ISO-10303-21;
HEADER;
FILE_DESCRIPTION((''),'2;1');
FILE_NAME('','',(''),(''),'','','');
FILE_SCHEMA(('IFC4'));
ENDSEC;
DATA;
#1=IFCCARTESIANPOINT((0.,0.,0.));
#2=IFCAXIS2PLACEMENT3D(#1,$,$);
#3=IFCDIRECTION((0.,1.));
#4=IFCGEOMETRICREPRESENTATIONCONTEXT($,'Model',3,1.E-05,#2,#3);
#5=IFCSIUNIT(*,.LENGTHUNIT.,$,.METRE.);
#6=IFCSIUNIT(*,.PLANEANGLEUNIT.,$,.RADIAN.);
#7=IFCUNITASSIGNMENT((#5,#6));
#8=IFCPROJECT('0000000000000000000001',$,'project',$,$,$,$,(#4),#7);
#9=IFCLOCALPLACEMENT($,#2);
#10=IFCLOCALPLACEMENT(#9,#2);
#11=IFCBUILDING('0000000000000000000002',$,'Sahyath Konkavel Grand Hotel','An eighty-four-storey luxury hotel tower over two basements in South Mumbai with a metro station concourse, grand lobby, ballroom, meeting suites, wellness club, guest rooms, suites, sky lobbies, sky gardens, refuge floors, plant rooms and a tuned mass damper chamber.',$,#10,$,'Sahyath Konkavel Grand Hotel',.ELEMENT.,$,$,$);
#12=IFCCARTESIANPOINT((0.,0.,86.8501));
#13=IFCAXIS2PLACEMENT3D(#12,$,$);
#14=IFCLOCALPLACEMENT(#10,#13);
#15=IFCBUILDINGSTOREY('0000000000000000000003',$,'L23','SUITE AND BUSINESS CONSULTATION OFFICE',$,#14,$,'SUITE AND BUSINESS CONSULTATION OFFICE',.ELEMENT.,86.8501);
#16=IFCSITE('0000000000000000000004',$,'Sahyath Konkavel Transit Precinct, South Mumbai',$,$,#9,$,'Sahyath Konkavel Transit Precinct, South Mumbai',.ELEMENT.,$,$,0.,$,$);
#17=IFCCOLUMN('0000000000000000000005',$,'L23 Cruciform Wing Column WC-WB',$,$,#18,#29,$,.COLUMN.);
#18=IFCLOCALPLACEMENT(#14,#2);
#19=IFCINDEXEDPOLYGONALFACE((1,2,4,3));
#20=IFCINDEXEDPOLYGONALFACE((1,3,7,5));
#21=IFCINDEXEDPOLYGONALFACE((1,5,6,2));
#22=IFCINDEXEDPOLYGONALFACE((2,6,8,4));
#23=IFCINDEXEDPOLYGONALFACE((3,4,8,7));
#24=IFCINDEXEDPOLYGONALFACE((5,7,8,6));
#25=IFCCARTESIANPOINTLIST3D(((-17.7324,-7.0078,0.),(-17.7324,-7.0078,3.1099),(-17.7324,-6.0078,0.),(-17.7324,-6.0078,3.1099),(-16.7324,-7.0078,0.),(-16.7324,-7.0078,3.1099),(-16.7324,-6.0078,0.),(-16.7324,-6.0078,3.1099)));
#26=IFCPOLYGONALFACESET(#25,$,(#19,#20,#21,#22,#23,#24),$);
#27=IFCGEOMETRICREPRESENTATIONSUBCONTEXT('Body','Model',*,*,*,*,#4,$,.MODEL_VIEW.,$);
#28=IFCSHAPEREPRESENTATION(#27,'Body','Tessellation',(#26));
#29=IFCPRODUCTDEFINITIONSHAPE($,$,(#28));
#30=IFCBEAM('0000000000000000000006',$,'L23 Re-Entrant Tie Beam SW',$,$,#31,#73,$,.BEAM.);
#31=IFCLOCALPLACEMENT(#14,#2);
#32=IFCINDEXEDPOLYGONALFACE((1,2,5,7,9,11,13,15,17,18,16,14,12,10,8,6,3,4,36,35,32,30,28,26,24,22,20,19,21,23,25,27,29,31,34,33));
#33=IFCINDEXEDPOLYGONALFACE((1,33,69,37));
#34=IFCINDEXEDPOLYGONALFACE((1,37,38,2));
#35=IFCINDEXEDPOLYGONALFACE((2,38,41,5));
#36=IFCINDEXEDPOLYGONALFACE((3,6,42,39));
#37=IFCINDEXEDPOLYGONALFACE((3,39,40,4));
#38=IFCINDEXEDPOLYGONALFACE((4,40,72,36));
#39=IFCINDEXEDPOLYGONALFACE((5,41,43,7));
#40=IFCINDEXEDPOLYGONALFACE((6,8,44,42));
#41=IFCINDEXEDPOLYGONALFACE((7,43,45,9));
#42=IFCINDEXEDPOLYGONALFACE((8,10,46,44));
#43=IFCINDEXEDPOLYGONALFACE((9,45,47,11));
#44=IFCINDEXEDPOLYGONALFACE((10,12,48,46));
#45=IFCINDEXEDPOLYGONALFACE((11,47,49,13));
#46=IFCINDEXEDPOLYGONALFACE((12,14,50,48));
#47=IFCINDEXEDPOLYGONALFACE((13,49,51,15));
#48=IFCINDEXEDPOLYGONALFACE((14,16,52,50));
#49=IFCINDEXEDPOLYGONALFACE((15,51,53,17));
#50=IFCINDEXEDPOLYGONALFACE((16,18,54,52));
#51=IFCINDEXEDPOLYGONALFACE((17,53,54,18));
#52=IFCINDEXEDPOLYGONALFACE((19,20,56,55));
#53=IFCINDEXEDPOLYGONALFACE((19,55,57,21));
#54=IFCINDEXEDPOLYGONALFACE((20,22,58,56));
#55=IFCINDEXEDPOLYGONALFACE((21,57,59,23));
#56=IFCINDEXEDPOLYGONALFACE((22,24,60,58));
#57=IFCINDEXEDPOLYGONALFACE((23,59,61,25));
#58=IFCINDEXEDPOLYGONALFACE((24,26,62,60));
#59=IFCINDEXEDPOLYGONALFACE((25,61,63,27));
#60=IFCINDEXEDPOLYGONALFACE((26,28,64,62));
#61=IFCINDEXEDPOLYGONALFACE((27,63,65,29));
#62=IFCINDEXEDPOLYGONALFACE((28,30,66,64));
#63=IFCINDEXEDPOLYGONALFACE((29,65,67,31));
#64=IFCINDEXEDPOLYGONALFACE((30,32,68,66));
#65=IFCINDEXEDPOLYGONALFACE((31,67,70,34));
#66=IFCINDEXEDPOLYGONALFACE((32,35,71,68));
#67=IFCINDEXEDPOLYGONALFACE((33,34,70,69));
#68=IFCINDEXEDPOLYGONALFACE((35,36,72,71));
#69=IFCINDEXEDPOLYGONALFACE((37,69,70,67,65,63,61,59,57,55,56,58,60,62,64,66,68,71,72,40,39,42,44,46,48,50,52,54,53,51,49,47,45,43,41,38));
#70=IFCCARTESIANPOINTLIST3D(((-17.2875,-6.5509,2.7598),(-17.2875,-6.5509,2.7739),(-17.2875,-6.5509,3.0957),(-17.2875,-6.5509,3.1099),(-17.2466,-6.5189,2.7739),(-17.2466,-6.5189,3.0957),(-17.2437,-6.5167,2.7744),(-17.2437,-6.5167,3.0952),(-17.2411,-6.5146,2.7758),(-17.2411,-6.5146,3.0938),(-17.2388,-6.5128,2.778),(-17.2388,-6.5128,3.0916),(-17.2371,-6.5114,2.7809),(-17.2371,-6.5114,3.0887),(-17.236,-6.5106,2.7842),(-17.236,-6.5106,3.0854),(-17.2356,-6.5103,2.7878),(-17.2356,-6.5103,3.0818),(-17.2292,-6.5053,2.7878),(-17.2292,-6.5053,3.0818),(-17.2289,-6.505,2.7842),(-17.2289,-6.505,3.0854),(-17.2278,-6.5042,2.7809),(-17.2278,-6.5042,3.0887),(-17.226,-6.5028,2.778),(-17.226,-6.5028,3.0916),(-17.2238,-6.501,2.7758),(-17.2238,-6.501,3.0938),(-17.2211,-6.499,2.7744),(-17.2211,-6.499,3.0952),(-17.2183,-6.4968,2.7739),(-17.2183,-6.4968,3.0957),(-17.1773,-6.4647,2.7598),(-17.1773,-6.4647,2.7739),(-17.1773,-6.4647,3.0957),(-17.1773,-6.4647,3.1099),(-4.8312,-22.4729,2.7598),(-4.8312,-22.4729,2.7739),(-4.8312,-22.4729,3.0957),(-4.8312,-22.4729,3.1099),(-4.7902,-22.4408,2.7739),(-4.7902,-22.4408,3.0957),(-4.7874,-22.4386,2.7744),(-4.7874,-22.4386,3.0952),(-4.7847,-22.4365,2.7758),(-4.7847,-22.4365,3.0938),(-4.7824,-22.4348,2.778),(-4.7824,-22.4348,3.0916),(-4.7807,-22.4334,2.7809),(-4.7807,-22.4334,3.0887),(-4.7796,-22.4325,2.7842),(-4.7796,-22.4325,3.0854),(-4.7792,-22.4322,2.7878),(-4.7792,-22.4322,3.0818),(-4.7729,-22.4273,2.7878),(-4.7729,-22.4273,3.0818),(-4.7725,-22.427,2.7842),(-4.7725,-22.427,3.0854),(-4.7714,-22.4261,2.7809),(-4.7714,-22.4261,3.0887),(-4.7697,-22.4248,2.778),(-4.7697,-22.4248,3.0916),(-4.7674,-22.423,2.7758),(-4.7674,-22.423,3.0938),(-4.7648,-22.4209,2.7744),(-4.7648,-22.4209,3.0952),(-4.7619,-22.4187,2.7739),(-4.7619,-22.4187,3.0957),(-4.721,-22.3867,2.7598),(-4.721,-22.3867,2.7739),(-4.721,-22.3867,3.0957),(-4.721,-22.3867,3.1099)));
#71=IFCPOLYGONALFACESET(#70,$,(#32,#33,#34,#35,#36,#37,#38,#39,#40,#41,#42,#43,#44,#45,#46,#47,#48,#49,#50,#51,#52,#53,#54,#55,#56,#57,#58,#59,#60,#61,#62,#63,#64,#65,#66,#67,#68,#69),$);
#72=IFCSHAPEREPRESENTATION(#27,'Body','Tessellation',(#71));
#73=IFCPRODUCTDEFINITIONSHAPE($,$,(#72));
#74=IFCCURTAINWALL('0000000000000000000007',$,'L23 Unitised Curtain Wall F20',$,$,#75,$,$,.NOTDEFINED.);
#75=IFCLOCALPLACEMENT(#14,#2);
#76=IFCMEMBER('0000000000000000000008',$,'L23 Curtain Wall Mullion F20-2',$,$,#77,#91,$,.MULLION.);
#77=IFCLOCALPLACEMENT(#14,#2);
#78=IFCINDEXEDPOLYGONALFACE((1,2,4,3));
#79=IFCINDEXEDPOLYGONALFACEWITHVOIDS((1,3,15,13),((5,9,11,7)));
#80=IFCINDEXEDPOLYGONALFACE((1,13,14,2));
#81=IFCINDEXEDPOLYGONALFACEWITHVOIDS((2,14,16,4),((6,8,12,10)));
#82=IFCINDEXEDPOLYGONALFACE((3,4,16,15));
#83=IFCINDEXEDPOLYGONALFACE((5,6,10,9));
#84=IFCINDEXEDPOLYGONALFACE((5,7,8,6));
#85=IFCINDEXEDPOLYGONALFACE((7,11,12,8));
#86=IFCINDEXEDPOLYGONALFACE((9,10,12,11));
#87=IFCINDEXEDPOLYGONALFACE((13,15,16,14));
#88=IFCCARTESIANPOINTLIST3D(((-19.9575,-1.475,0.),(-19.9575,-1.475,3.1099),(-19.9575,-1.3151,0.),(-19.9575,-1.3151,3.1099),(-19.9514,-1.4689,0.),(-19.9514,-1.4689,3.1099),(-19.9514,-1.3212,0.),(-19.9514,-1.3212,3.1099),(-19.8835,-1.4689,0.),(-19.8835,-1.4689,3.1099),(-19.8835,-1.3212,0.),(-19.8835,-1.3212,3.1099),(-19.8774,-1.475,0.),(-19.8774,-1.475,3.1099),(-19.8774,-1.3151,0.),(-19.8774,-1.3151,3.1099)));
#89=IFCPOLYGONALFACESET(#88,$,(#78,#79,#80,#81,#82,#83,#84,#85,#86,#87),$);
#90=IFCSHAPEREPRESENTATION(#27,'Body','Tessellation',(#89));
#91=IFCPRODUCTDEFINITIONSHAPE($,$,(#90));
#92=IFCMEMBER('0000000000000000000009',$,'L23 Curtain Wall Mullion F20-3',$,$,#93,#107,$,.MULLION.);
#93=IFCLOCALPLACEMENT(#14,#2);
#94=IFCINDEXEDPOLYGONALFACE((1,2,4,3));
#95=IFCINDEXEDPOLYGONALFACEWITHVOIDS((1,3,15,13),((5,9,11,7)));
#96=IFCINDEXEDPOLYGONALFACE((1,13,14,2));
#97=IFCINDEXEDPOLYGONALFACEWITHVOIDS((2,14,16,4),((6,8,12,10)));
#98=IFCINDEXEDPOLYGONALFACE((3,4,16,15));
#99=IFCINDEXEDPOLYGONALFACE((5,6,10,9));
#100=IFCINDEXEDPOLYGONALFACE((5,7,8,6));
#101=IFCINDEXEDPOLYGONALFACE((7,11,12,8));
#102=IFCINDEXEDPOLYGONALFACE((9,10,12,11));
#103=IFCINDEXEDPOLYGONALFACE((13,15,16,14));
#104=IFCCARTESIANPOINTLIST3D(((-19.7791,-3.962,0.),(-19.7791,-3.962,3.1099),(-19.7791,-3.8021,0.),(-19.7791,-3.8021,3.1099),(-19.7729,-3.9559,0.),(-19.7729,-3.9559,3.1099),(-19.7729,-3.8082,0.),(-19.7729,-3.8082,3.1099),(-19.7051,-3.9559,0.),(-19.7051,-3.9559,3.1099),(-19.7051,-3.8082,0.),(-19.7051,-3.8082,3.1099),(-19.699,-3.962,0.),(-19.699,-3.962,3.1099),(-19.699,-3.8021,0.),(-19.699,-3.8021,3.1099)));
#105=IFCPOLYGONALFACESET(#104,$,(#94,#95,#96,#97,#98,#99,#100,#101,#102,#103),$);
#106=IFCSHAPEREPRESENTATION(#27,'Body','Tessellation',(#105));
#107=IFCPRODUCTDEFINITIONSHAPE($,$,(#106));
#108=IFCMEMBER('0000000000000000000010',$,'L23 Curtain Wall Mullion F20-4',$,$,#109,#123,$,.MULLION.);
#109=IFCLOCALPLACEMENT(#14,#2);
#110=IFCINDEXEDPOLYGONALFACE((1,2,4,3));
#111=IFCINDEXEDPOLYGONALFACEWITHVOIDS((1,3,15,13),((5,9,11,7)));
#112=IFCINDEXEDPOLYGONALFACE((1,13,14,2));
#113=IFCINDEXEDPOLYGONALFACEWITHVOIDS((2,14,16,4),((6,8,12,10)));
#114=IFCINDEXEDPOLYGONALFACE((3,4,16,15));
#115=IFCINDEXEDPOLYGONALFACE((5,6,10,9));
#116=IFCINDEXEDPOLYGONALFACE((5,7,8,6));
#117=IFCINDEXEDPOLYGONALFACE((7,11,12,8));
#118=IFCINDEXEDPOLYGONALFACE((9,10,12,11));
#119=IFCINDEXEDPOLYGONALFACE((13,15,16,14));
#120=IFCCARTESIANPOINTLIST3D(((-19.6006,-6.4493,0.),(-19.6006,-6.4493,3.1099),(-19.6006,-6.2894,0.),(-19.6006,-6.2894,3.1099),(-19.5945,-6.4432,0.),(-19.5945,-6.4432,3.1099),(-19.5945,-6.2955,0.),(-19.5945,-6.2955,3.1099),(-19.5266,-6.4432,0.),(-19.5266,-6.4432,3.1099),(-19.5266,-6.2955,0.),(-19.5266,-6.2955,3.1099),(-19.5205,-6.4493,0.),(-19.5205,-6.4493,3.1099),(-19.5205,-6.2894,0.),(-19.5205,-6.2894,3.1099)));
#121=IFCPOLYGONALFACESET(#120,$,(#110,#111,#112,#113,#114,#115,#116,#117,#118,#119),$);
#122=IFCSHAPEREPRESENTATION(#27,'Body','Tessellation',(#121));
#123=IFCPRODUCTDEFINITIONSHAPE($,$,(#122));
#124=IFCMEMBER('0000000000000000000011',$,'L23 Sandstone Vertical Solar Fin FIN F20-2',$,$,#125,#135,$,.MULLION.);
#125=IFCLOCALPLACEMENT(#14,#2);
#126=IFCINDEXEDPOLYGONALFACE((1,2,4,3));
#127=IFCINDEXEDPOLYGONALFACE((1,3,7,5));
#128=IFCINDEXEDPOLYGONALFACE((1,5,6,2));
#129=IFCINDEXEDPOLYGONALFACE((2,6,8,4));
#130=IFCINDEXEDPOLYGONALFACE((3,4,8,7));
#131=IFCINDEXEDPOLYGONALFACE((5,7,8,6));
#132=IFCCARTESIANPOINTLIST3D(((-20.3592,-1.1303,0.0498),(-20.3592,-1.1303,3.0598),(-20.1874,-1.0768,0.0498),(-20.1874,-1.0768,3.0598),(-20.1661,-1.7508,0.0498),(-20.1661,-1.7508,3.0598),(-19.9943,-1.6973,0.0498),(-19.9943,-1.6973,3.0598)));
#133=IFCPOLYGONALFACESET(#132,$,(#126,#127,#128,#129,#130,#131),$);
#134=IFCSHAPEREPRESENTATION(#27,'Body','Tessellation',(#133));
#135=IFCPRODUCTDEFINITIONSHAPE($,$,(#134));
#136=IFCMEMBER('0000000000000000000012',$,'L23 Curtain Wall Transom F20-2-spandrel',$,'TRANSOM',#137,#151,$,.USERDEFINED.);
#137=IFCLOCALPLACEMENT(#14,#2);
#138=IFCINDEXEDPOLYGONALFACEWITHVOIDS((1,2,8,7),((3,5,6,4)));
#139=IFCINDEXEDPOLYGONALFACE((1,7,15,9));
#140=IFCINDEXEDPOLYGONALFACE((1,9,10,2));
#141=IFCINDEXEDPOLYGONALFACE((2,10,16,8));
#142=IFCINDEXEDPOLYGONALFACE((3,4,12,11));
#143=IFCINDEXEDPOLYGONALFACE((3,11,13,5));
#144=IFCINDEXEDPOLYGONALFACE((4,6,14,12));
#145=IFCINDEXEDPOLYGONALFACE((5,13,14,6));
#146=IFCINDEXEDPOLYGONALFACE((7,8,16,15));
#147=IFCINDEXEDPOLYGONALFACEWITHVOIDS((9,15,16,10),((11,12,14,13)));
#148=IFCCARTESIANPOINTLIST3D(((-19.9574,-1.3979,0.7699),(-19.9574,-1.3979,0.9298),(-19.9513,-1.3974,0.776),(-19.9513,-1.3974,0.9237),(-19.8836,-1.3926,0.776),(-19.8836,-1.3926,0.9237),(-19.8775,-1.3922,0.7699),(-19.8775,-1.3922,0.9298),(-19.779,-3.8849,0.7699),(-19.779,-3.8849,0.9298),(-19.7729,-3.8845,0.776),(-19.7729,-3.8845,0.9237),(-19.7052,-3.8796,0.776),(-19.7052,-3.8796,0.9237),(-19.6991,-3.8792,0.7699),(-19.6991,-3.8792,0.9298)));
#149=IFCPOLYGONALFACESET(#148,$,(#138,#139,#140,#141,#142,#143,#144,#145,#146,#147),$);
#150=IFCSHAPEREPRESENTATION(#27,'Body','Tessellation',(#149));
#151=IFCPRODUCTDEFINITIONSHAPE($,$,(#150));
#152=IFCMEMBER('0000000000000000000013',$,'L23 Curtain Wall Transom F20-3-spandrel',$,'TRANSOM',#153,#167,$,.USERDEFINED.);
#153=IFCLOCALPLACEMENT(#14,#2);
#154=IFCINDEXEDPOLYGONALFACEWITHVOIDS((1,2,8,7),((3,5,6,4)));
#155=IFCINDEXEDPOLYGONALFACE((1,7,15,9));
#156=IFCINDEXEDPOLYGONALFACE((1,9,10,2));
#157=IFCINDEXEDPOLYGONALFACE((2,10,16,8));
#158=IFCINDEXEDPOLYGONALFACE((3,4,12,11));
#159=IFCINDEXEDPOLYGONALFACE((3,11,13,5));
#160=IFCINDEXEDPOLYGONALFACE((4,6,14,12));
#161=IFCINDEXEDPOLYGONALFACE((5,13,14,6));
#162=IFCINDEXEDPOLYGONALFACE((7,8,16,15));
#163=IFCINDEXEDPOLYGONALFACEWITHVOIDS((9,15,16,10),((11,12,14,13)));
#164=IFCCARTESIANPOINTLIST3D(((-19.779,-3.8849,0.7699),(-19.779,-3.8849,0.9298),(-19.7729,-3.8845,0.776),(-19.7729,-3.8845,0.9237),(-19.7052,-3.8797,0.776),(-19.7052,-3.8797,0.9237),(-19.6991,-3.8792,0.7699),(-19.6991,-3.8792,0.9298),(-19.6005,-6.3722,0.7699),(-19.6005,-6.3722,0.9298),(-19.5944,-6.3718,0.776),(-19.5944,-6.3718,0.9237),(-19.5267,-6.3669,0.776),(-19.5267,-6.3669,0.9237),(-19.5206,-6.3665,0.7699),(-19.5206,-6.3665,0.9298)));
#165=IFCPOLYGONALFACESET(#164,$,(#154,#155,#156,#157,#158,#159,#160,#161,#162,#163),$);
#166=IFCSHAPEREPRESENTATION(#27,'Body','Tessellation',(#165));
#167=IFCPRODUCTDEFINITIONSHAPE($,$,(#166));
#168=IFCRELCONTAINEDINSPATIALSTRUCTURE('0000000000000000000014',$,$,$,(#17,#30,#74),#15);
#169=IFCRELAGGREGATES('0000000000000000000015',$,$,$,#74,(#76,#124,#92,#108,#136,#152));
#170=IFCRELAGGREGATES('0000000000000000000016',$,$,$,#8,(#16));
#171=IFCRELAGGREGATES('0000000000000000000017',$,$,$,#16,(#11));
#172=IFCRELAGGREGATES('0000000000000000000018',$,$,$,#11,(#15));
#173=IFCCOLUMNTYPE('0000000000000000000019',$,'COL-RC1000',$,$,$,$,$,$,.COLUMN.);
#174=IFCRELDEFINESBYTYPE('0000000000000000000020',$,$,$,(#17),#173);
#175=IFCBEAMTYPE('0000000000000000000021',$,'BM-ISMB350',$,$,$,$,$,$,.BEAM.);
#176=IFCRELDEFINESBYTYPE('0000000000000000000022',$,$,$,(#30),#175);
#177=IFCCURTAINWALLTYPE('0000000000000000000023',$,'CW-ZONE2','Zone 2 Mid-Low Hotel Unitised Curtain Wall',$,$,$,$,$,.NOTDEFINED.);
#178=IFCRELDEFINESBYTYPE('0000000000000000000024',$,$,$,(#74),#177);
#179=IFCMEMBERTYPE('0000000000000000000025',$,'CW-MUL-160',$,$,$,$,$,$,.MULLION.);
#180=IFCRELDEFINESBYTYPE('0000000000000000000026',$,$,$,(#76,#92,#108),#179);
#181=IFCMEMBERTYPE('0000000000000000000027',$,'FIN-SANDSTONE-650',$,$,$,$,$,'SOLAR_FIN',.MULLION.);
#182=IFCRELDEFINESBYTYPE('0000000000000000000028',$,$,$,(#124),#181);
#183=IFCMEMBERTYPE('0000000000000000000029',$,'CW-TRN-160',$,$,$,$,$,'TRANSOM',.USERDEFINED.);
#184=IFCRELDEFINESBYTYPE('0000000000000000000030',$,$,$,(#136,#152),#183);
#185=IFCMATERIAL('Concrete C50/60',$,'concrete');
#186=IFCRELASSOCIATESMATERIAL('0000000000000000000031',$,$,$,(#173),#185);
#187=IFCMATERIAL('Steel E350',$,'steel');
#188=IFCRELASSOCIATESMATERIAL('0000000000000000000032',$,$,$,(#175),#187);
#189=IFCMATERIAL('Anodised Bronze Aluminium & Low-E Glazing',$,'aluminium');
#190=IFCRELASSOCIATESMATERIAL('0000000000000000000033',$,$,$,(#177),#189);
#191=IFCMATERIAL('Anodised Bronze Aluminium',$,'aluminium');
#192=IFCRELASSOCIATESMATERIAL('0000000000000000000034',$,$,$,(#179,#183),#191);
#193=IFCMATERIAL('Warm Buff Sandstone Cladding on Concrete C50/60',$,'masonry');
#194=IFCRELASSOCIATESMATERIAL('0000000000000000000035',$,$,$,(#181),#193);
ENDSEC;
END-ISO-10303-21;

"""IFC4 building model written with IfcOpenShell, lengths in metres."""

from ifc_helpers import new_model, si_unit, direction, frame, origin, origin_2d, place, context, subcontext, project, spatial, rectangle, hollow_rectangle, i_section, extrude, source, transform, mapped, material, material_profile, profile_set, type_object, element, aggregate, save


model = new_model("IFC4")

# Units and contexts
model_context = context("Model", 3, precision=1e-05, world=origin(), true_north=direction((0.0, 1.0)))
body_context = subcontext(model_context, "Body", "Model", "MODEL_VIEW")
ifc_project = project(units=[si_unit("LENGTHUNIT", "METRE"), si_unit("PLANEANGLEUNIT", "RADIAN")], contexts=[model_context])

# Site, building, storey
site_placement = place(None, origin())
site = spatial("IfcSite", under=ifc_project, at=site_placement, Name="Sahyath Konkavel Transit Precinct, South Mumbai", LongName="Sahyath Konkavel Transit Precinct, South Mumbai", CompositionType="ELEMENT", RefElevation=0.0)
building_placement = place(site_placement, origin())
building = spatial("IfcBuilding", under=site, at=building_placement, Name="Sahyath Konkavel Grand Hotel", Description="An eighty-four-storey luxury hotel tower over two basements in South Mumbai with a metro station concourse, grand lobby, ballroom, meeting suites, wellness club, guest rooms, suites, sky lobbies, sky gardens, refuge floors, plant rooms and a tuned mass damper chamber.", LongName="Sahyath Konkavel Grand Hotel", CompositionType="ELEMENT")
storey_placement = place(building_placement, frame((0.0, 0.0, 86.8501)))
storey = spatial("IfcBuildingStorey", under=building, at=storey_placement, Name="L23", Description="SUITE AND BUSINESS CONSULTATION OFFICE", LongName="SUITE AND BUSINESS CONSULTATION OFFICE", CompositionType="ELEMENT", Elevation=86.8501)

# Column
ifc_material_1 = material(Name="Concrete C50/60", Category="concrete")
ifc_material_profile_1 = material_profile(ifc_material_1, rectangle(XDim=1.0, YDim=1.0, at=origin_2d()), Name="RC 1000x1000")
ifc_profile_set_1 = profile_set([ifc_material_profile_1], Name="Concrete C50/60")
column_type = type_object("IfcColumnType", Name="COL-RC1000", PredefinedType="COLUMN", material=ifc_profile_set_1)
shared_shape_1 = source(origin(), body_context, "Body", "SweptSolid", [
    extrude(rectangle(XDim=1.0, YDim=1.0, at=origin_2d()), origin(), (0.0, 0.0, 1.0), 3.1099),
])
column_placement = place(storey_placement, frame((-17.2324, -6.5078, 0.0), z_axis=(0.0, 0.0, 1.0), x_axis=(1.0, 0.0, 0.0)))
element("IfcColumn", 1, at=column_placement, inside=storey, type_object=column_type, Name="L23 Cruciform Wing Column WC-WB", PredefinedType="COLUMN", context=body_context, shape_type="MappedRepresentation", body=[
    mapped(shared_shape_1, transform((0.0, 0.0, 0.0), scale=1.0)),
])

# Beam
ifc_material_2 = material(Name="Steel E350", Category="steel")
ifc_material_profile_2 = material_profile(ifc_material_2, i_section(OverallWidth=0.1399, OverallDepth=0.3501, WebThickness=0.0081, FlangeThickness=0.0142, FilletRadius=0.0139, at=origin_2d()), Name="ISMB 350")
ifc_profile_set_2 = profile_set([ifc_material_profile_2], Name="Steel E350")
beam_type_1 = type_object("IfcBeamType", Name="BM-ISMB350", PredefinedType="BEAM", material=ifc_profile_set_2)
shared_shape_2 = source(origin(), body_context, "Body", "SweptSolid", [
    extrude(i_section(OverallWidth=0.1399, OverallDepth=0.3501, WebThickness=0.0081, FlangeThickness=0.0142, FilletRadius=0.0139, at=origin_2d()), origin(), (0.0, 0.0, 1.0), 20.2156),
])
beam_1_placement = place(storey_placement, frame((-17.2324, -6.5078, 2.9348), z_axis=(0.616176, -0.787608, 0.0), x_axis=(0.787608, 0.616176, 0.0)))
element("IfcBeam", 2, at=beam_1_placement, inside=storey, type_object=beam_type_1, Name="L23 Re-Entrant Tie Beam SW", PredefinedType="BEAM", context=body_context, shape_type="MappedRepresentation", body=[
    mapped(shared_shape_2, transform((0.0, 0.0, 0.0), scale=1.0)),
])

# Curtain wall, members
ifc_material_3 = material(Name="Anodised Bronze Aluminium & Low-E Glazing", Category="aluminium")
curtain_wall_type = type_object("IfcCurtainWallType", Name="CW-ZONE2", Description="Zone 2 Mid-Low Hotel Unitised Curtain Wall", PredefinedType="NOTDEFINED", material=ifc_material_3)
curtain_wall_1_placement = place(storey_placement, origin())
curtain_wall_1 = element("IfcCurtainWall", 3, at=curtain_wall_1_placement, inside=storey, type_object=curtain_wall_type, Name="L23 Unitised Curtain Wall F20", PredefinedType="NOTDEFINED")
ifc_material_4 = material(Name="Anodised Bronze Aluminium", Category="aluminium")
ifc_material_profile_3 = material_profile(ifc_material_4, hollow_rectangle(XDim=0.0801, YDim=0.1599, WallThickness=0.0061, at=origin_2d()), Name="RHS 160x80x6")
ifc_profile_set_3 = profile_set([ifc_material_profile_3], Name="Anodised Bronze Aluminium")
member_type_1 = type_object("IfcMemberType", Name="CW-MUL-160", PredefinedType="MULLION", material=ifc_profile_set_3)
shared_shape_3 = source(origin(), body_context, "Body", "SweptSolid", [
    extrude(hollow_rectangle(XDim=0.0801, YDim=0.1599, WallThickness=0.0061, at=origin_2d()), origin(), (0.0, 0.0, 1.0), 3.1099),
])
member_1_placement = place(storey_placement, frame((-19.9175, -1.395, 0.0), z_axis=(0.0, 0.0, 1.0), x_axis=(1.0, 0.0, 0.0)))
member_1 = element("IfcMember", 4, at=member_1_placement, type_object=member_type_1, Name="L23 Curtain Wall Mullion F20-2", PredefinedType="MULLION", context=body_context, shape_type="MappedRepresentation", body=[
    mapped(shared_shape_3, transform((0.0, 0.0, 0.0), scale=1.0)),
])
member_2_placement = place(storey_placement, frame((-19.739, -3.8821, 0.0), z_axis=(0.0, 0.0, 1.0), x_axis=(1.0, 0.0, 0.0)))
member_2 = element("IfcMember", 5, at=member_2_placement, type_object=member_type_1, Name="L23 Curtain Wall Mullion F20-3", PredefinedType="MULLION", context=body_context, shape_type="MappedRepresentation", body=[
    mapped(shared_shape_3, transform((0.0, 0.0, 0.0), scale=1.0)),
])
member_3_placement = place(storey_placement, frame((-19.5605, -6.3694, 0.0), z_axis=(0.0, 0.0, 1.0), x_axis=(1.0, 0.0, 0.0)))
member_3 = element("IfcMember", 6, at=member_3_placement, type_object=member_type_1, Name="L23 Curtain Wall Mullion F20-4", PredefinedType="MULLION", context=body_context, shape_type="MappedRepresentation", body=[
    mapped(shared_shape_3, transform((0.0, 0.0, 0.0), scale=1.0)),
])
ifc_material_5 = material(Name="Warm Buff Sandstone Cladding on Concrete C50/60", Category="masonry")
ifc_material_profile_4 = material_profile(ifc_material_5, rectangle(XDim=0.1799, YDim=0.6499, at=origin_2d()), Name="FIN 180x650")
ifc_profile_set_4 = profile_set([ifc_material_profile_4], Name="Warm Buff Sandstone Cladding on Concrete C50/60")
member_type_2 = type_object("IfcMemberType", Name="FIN-SANDSTONE-650", ElementType="SOLAR_FIN", PredefinedType="MULLION", material=ifc_profile_set_4)
shared_shape_4 = source(origin(), body_context, "Body", "SweptSolid", [
    extrude(rectangle(XDim=0.1799, YDim=0.6499, at=origin_2d()), origin(), (0.0, 0.0, 1.0), 3.01),
])
member_4_placement = place(storey_placement, frame((-20.1768, -1.4138, 0.0498), z_axis=(0.0, 0.0, 1.0), x_axis=(0.954813, 0.297208, 0.0)))
member_4 = element("IfcMember", 7, at=member_4_placement, type_object=member_type_2, Name="L23 Sandstone Vertical Solar Fin FIN F20-2", PredefinedType="MULLION", context=body_context, shape_type="MappedRepresentation", body=[
    mapped(shared_shape_4, transform((0.0, 0.0, 0.0), scale=1.0)),
])
ifc_material_profile_5 = material_profile(ifc_material_4, hollow_rectangle(XDim=0.0801, YDim=0.1599, WallThickness=0.0061, at=origin_2d()), Name="RHS 160x80x6")
ifc_profile_set_5 = profile_set([ifc_material_profile_5], Name="Anodised Bronze Aluminium")
member_type_3 = type_object("IfcMemberType", Name="CW-TRN-160", ElementType="TRANSOM", PredefinedType="USERDEFINED", material=ifc_profile_set_5)
shared_shape_5 = source(origin(), body_context, "Body", "SweptSolid", [
    extrude(hollow_rectangle(XDim=0.0801, YDim=0.1599, WallThickness=0.0061, at=origin_2d()), origin(), (0.0, 0.0, 1.0), 2.4934),
])
member_5_placement = place(storey_placement, frame((-19.9175, -1.395, 0.8499), z_axis=(0.071574, -0.997435, 0.0), x_axis=(0.997435, 0.071574, 0.0)))
member_5 = element("IfcMember", 8, at=member_5_placement, type_object=member_type_3, Name="L23 Curtain Wall Transom F20-2-spandrel", ObjectType="TRANSOM", PredefinedType="USERDEFINED", context=body_context, shape_type="MappedRepresentation", body=[
    mapped(shared_shape_5, transform((0.0, 0.0, 0.0), scale=1.0)),
])
shared_shape_6 = source(origin(), body_context, "Body", "SweptSolid", [
    extrude(hollow_rectangle(XDim=0.0801, YDim=0.1599, WallThickness=0.0061, at=origin_2d()), origin(), (0.0, 0.0, 1.0), 2.4937),
])
member_6_placement = place(storey_placement, frame((-19.739, -3.8821, 0.8499), z_axis=(0.071567, -0.997436, 0.0), x_axis=(0.997436, 0.071567, 0.0)))
member_6 = element("IfcMember", 9, at=member_6_placement, type_object=member_type_3, Name="L23 Curtain Wall Transom F20-3-spandrel", ObjectType="TRANSOM", PredefinedType="USERDEFINED", context=body_context, shape_type="MappedRepresentation", body=[
    mapped(shared_shape_6, transform((0.0, 0.0, 0.0), scale=1.0)),
])

aggregate(curtain_wall_1, [member_1, member_4, member_2, member_3, member_5, member_6])

save(model, "model.ifc")
